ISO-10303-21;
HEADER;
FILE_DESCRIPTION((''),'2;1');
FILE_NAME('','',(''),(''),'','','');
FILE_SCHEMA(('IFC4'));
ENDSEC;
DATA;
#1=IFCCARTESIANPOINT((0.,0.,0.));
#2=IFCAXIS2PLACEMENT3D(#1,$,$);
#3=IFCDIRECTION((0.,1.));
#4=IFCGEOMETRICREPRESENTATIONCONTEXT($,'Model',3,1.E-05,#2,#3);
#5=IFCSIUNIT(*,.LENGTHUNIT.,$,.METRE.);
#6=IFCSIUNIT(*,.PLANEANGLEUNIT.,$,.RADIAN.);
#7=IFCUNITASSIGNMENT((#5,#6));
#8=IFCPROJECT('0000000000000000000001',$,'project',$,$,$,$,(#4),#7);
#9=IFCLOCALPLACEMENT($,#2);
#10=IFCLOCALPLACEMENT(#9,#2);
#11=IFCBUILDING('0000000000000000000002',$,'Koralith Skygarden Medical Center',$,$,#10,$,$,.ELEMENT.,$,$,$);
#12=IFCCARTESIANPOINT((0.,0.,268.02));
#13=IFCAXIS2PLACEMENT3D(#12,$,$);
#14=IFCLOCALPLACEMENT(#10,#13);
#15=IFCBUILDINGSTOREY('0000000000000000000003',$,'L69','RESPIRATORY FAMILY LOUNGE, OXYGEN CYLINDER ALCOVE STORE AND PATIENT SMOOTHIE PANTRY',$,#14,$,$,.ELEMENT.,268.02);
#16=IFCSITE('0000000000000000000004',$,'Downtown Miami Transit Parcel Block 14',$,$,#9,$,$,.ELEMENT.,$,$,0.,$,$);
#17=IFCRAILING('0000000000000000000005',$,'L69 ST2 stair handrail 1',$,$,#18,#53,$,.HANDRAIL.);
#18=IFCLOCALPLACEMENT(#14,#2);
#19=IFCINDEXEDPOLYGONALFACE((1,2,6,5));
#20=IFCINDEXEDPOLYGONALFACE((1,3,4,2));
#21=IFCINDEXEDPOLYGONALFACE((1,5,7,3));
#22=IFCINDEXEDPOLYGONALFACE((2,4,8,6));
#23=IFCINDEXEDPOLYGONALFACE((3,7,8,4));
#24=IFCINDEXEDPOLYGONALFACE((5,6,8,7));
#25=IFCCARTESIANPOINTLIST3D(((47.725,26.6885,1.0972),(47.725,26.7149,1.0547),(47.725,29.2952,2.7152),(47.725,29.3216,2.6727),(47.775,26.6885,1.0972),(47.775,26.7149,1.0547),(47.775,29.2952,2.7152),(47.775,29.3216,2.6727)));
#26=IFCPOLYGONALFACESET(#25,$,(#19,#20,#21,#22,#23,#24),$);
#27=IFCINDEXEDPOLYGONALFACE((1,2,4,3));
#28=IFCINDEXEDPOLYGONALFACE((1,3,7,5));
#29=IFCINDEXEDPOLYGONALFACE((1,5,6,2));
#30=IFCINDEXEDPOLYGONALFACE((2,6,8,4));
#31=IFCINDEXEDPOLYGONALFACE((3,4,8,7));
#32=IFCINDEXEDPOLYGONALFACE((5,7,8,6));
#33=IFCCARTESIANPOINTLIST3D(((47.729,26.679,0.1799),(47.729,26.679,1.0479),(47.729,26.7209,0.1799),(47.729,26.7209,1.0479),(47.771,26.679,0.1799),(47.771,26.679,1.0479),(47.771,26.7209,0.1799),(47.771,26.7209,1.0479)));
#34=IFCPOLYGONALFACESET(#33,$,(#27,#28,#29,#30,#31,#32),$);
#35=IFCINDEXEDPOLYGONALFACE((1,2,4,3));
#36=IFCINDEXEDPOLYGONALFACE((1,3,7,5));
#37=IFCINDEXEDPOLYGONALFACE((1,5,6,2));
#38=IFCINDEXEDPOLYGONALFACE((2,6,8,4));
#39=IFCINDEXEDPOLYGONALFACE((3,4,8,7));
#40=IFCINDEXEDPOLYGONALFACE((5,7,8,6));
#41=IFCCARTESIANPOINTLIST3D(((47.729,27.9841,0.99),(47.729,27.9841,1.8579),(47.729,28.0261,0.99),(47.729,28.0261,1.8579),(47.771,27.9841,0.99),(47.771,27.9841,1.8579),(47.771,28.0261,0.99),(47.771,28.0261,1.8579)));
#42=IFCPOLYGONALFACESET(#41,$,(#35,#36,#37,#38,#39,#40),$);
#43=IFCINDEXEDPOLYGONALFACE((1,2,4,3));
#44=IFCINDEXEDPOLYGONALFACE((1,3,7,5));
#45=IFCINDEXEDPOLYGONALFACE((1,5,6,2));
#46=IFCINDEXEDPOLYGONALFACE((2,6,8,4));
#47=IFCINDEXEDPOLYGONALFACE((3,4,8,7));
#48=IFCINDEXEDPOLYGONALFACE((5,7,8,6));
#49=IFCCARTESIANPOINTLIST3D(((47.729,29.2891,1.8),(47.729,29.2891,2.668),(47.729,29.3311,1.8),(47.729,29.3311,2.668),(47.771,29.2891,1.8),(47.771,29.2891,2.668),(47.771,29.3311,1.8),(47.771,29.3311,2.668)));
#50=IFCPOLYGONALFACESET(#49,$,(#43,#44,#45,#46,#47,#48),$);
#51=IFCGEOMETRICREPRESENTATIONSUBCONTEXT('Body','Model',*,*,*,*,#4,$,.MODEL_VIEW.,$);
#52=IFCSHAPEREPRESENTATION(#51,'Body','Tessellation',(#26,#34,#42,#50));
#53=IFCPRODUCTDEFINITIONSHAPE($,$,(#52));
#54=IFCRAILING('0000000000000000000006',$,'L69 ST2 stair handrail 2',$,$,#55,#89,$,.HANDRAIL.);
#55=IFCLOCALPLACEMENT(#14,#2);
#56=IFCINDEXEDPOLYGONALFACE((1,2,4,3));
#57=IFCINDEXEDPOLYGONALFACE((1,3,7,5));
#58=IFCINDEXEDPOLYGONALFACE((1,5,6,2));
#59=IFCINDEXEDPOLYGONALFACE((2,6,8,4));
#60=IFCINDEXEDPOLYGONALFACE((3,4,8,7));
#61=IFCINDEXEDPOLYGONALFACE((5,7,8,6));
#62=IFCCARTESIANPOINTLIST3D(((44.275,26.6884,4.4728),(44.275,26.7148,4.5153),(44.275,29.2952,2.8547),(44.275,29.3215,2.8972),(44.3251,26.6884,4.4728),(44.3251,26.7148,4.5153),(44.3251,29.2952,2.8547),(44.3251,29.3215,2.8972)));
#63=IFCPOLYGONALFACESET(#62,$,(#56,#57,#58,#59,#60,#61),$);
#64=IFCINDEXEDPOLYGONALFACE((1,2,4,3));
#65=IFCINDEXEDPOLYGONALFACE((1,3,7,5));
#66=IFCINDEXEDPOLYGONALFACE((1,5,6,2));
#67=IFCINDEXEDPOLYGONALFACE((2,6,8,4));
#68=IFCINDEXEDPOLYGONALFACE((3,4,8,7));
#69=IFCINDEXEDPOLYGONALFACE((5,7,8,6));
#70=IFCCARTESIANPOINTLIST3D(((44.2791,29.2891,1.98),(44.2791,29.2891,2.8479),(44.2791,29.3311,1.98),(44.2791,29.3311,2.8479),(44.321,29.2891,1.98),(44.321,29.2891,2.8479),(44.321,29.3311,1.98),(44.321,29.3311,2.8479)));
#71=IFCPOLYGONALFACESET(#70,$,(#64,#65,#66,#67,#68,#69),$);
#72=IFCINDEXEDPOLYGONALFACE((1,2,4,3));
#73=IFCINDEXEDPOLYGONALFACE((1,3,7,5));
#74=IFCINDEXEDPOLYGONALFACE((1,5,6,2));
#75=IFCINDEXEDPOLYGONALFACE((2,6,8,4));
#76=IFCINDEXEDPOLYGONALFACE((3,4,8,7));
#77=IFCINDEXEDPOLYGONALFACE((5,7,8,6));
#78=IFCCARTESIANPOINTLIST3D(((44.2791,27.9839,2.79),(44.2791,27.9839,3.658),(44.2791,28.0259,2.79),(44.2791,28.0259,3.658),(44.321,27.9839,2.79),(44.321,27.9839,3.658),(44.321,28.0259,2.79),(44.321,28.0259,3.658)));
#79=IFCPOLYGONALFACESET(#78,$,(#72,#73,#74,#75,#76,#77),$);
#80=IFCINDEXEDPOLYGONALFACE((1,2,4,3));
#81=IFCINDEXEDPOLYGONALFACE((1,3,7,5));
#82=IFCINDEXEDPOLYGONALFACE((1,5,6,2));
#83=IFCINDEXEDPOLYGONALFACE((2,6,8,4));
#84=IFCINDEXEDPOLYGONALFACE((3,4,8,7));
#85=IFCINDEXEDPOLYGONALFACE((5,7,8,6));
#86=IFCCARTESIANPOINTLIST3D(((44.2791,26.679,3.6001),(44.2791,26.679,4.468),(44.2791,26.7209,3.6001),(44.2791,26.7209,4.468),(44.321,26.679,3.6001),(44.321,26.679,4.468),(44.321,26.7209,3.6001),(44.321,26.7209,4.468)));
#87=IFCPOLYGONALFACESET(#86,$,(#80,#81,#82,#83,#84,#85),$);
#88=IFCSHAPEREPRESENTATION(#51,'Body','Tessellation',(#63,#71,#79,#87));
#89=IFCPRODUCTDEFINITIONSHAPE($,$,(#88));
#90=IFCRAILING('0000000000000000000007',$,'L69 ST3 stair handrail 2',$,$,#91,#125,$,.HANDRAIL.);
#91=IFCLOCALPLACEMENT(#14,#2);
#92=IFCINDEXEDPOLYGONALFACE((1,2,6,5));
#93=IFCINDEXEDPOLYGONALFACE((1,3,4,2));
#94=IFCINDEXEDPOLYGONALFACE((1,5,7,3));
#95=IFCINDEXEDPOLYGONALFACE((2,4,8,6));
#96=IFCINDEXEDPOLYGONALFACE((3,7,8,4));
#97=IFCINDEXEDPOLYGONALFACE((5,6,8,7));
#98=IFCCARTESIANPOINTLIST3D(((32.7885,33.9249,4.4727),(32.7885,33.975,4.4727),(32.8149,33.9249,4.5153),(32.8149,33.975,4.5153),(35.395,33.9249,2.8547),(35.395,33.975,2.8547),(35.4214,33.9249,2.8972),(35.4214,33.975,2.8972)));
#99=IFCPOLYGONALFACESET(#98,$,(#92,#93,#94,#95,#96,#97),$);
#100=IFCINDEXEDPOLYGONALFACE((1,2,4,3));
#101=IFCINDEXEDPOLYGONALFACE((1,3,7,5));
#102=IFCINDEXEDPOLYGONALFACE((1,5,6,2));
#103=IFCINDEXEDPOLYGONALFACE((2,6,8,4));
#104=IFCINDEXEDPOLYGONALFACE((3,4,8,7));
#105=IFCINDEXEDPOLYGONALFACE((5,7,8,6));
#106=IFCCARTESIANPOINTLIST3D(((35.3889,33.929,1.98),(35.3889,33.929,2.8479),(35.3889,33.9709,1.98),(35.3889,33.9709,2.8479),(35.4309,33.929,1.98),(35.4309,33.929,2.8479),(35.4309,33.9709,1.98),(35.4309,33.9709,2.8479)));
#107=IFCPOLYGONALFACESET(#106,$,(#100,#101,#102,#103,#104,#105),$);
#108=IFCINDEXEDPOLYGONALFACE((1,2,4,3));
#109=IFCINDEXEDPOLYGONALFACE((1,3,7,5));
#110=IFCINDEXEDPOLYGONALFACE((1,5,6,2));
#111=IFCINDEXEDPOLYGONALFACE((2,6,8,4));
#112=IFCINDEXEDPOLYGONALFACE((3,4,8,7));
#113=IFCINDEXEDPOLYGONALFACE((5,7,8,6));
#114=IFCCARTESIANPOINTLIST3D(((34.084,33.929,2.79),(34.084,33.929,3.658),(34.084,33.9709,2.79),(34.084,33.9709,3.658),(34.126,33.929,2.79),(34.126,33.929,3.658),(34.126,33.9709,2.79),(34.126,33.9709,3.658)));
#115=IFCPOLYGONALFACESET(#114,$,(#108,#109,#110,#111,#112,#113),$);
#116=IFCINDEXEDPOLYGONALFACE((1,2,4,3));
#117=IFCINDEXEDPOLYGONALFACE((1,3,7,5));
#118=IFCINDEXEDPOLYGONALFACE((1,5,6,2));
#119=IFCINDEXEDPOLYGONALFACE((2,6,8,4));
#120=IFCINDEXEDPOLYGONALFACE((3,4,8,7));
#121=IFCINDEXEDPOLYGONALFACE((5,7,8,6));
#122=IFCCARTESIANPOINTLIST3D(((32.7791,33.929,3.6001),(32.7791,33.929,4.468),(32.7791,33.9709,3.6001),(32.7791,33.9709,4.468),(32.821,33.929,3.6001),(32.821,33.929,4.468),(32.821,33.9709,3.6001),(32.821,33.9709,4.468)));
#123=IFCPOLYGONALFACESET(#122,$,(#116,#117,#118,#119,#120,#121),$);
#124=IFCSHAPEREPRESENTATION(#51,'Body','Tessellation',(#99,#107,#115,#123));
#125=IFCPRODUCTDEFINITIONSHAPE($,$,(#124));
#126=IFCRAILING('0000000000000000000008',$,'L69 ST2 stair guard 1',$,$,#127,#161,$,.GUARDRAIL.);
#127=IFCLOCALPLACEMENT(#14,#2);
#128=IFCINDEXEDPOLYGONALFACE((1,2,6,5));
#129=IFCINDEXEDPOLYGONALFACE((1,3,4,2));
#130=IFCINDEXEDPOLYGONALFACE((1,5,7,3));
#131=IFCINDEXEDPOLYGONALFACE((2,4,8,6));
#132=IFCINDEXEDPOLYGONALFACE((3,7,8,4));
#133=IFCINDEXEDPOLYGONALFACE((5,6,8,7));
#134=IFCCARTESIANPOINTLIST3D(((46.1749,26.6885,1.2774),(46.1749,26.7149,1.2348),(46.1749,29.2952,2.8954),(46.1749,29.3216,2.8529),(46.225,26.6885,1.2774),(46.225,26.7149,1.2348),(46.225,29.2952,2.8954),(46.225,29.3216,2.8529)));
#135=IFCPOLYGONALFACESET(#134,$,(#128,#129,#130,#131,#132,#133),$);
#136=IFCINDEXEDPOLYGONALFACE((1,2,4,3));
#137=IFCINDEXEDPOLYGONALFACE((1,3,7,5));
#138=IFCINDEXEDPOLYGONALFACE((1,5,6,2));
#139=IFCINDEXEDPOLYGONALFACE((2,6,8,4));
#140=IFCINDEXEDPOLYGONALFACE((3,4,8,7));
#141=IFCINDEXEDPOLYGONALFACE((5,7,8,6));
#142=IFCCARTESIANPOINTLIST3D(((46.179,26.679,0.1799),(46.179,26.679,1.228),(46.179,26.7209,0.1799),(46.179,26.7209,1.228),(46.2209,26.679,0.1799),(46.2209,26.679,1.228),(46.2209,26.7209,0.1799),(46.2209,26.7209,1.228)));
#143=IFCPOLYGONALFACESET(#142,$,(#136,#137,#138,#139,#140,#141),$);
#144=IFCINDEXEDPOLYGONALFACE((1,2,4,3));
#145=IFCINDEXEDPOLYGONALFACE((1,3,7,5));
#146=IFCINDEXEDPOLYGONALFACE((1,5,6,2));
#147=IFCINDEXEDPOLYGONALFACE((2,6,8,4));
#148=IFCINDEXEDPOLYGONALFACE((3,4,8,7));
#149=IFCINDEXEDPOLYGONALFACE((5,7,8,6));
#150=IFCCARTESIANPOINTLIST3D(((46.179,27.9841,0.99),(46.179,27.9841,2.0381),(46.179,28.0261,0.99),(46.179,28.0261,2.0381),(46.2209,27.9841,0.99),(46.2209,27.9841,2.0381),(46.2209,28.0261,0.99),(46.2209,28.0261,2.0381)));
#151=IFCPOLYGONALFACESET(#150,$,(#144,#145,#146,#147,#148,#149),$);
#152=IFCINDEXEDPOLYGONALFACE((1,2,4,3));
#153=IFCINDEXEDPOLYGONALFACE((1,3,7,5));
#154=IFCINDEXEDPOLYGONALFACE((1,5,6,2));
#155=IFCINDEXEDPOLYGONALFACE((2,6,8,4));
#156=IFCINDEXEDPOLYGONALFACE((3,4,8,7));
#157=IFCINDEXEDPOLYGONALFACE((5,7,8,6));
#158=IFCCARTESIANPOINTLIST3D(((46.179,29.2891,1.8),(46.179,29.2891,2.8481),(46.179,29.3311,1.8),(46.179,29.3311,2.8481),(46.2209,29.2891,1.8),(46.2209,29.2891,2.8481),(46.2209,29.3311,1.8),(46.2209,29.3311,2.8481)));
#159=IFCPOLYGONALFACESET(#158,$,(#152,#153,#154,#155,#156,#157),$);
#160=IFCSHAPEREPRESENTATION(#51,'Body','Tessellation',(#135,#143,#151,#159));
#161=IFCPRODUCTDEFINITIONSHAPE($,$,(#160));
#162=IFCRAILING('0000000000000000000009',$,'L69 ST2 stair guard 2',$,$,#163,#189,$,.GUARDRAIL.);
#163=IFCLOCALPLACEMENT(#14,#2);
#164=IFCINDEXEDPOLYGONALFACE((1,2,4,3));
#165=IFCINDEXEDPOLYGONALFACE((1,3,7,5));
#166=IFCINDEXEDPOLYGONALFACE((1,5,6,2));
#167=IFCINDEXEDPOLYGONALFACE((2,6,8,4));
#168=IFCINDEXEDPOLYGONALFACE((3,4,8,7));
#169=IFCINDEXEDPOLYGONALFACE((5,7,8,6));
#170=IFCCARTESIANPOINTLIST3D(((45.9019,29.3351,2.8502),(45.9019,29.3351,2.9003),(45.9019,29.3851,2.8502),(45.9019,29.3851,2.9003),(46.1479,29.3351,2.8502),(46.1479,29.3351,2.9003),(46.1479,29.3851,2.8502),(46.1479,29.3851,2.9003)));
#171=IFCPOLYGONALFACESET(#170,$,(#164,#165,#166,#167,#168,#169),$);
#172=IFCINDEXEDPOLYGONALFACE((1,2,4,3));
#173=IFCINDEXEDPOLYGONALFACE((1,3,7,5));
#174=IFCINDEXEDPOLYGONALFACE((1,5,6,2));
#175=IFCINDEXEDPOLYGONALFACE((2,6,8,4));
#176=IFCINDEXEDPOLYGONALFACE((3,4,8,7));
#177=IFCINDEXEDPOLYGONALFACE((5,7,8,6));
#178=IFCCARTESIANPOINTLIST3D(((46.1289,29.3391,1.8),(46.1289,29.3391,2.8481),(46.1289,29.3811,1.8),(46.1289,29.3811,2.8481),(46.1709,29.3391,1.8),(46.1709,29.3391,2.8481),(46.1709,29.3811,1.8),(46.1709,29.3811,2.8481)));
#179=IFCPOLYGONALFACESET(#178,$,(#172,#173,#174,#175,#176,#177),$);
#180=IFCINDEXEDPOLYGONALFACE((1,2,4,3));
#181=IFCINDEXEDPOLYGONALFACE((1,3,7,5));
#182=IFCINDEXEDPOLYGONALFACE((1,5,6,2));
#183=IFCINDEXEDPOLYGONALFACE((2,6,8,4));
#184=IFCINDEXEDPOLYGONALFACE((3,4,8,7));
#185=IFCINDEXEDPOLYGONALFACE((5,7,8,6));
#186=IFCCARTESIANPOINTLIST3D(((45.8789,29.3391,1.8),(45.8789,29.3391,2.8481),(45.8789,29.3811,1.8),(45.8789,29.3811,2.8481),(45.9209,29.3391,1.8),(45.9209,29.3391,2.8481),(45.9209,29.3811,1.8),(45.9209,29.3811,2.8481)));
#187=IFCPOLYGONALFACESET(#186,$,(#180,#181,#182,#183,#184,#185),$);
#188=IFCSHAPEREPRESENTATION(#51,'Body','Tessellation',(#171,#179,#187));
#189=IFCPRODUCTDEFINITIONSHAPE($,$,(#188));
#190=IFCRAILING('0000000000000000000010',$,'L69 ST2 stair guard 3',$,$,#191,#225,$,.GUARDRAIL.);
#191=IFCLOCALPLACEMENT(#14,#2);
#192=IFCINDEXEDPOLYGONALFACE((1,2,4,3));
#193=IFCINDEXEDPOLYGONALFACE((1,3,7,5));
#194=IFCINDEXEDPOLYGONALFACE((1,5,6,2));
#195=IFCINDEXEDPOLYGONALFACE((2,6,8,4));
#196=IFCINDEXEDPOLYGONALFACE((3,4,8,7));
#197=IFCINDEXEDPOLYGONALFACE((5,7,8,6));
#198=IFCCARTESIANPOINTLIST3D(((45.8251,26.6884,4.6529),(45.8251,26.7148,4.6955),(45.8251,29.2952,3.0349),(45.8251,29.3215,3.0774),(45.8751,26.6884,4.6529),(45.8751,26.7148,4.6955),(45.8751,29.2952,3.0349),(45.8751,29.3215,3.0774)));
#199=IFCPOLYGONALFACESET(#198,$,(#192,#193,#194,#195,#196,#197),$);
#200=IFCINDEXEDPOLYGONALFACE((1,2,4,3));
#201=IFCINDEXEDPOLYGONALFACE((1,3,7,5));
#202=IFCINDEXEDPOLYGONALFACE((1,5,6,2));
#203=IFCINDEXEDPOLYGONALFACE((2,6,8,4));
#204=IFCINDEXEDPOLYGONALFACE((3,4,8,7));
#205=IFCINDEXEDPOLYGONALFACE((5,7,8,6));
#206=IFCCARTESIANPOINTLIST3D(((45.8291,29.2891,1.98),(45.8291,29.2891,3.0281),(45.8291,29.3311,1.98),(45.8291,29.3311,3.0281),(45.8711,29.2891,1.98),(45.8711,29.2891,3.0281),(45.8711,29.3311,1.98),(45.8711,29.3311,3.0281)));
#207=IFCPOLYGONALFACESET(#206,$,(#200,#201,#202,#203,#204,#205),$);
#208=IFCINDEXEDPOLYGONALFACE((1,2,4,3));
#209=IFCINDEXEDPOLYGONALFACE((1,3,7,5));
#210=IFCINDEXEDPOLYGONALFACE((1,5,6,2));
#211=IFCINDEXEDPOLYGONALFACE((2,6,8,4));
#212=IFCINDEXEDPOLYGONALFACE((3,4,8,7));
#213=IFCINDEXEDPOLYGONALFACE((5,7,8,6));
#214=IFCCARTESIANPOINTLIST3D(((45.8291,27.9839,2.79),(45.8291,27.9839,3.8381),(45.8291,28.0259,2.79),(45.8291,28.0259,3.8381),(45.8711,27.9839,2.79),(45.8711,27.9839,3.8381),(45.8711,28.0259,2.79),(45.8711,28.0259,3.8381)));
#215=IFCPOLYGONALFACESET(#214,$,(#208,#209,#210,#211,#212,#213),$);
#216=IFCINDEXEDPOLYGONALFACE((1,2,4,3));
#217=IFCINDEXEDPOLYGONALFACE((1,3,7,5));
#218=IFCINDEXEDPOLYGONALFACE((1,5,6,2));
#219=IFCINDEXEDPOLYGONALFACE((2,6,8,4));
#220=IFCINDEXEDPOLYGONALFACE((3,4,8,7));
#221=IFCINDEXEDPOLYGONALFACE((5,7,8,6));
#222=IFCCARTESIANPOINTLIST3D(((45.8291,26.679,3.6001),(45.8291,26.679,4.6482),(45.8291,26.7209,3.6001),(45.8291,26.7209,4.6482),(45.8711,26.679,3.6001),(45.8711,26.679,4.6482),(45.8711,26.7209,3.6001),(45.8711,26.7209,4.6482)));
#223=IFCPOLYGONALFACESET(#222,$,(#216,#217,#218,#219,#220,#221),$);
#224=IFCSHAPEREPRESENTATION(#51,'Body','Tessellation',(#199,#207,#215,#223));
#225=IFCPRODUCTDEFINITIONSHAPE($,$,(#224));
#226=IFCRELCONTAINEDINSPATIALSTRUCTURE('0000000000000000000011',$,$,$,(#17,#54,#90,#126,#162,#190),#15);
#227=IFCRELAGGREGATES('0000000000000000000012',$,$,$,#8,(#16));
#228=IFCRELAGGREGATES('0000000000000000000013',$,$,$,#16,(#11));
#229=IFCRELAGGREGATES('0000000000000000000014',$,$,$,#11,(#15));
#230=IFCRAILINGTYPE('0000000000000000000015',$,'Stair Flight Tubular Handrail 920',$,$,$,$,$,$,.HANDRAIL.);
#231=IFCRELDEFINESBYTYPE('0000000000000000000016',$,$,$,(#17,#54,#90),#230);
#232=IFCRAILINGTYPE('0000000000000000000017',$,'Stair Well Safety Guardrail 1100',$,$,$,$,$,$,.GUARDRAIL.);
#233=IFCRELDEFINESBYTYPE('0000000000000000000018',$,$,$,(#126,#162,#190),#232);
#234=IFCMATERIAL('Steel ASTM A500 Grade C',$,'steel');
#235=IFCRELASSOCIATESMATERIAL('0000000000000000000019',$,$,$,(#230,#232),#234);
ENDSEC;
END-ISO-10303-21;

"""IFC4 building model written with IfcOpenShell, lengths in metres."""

from ifc_helpers import new_model, si_unit, direction, frame, origin, origin_2d, place, context, subcontext, project, spatial, rectangle, extrude, material, type_object, element, save


model = new_model("IFC4")

# Units and contexts
model_context = context("Model", 3, precision=1e-05, world=origin(), true_north=direction((0.0, 1.0)))
body_context = subcontext(model_context, "Body", "Model", "MODEL_VIEW")
ifc_project = project(units=[si_unit("LENGTHUNIT", "METRE"), si_unit("PLANEANGLEUNIT", "RADIAN")], contexts=[model_context])

# Site, building, storey
site_placement = place(None, origin())
site = spatial("IfcSite", under=ifc_project, at=site_placement, Name="Downtown Miami Transit Parcel Block 14", CompositionType="ELEMENT", RefElevation=0.0)
building_placement = place(site_placement, origin())
building = spatial("IfcBuilding", under=site, at=building_placement, Name="Koralith Skygarden Medical Center", CompositionType="ELEMENT")
storey_placement = place(building_placement, frame((0.0, 0.0, 268.02)))
storey = spatial("IfcBuildingStorey", under=building, at=storey_placement, Name="L69", Description="RESPIRATORY FAMILY LOUNGE, OXYGEN CYLINDER ALCOVE STORE AND PATIENT SMOOTHIE PANTRY", CompositionType="ELEMENT", Elevation=268.02)

# Shared definitions
ifc_material_1 = material(Name="Steel ASTM A500 Grade C", Category="steel")

# Railings
railing_type_1 = type_object("IfcRailingType", Name="Stair Flight Tubular Handrail 920", PredefinedType="HANDRAIL", material=ifc_material_1)
railing_1_placement = place(storey_placement, frame((47.75, 26.7, 0.1799)))
element("IfcRailing", 1, at=railing_1_placement, inside=storey, type_object=railing_type_1, Name="L69 ST2 stair handrail 1", PredefinedType="HANDRAIL", context=body_context, shape_type="SweptSolid", body=[
    extrude(rectangle(XDim=0.05, YDim=0.05, at=origin_2d()), frame((0.0, 0.0017, 0.896), z_axis=(0.0, 0.849633, 0.527375), x_axis=(-1.0, 0.0, 0.0)), (0.0, 0.0, 1.0), 3.0681),
    extrude(rectangle(XDim=0.042, YDim=0.042, at=origin_2d()), origin(), (0.0, 0.0, 1.0), 0.8679),
    extrude(rectangle(XDim=0.042, YDim=0.042, at=origin_2d()), frame((0.0, 1.3052, 0.8101)), (0.0, 0.0, 1.0), 0.8679),
    extrude(rectangle(XDim=0.042, YDim=0.042, at=origin_2d()), frame((0.0, 2.6101, 1.6201)), (0.0, 0.0, 1.0), 0.8679),
])
railing_2_placement = place(storey_placement, frame((44.3, 29.3101, 1.98)))
element("IfcRailing", 2, at=railing_2_placement, inside=storey, type_object=railing_type_1, Name="L69 ST2 stair handrail 2", PredefinedType="HANDRAIL", context=body_context, shape_type="SweptSolid", body=[
    extrude(rectangle(XDim=0.05, YDim=0.05, at=origin_2d()), frame((0.0, -0.0017, 0.896), z_axis=(0.0, -0.849633, 0.527375), x_axis=(1.0, 0.0, 0.0)), (0.0, 0.0, 1.0), 3.0681),
    extrude(rectangle(XDim=0.042, YDim=0.042, at=origin_2d()), origin(), (0.0, 0.0, 1.0), 0.8679),
    extrude(rectangle(XDim=0.042, YDim=0.042, at=origin_2d()), frame((0.0, -1.3052, 0.8101)), (0.0, 0.0, 1.0), 0.8679),
    extrude(rectangle(XDim=0.042, YDim=0.042, at=origin_2d()), frame((0.0, -2.6101, 1.6201)), (0.0, 0.0, 1.0), 0.8679),
])
railing_3_placement = place(storey_placement, frame((35.4099, 33.95, 1.98)))
element("IfcRailing", 3, at=railing_3_placement, inside=storey, type_object=railing_type_1, Name="L69 ST3 stair handrail 2", PredefinedType="HANDRAIL", context=body_context, shape_type="SweptSolid", body=[
    extrude(rectangle(XDim=0.05, YDim=0.05, at=origin_2d()), frame((-0.0017, 0.0, 0.896), z_axis=(-0.849611, 0.0, 0.52741), x_axis=(0.0, -1.0, 0.0)), (0.0, 0.0, 1.0), 3.0679),
    extrude(rectangle(XDim=0.042, YDim=0.042, at=origin_2d()), origin(), (0.0, 0.0, 1.0), 0.8679),
    extrude(rectangle(XDim=0.042, YDim=0.042, at=origin_2d()), frame((-1.3049, 0.0, 0.8101)), (0.0, 0.0, 1.0), 0.8679),
    extrude(rectangle(XDim=0.042, YDim=0.042, at=origin_2d()), frame((-2.6099, 0.0, 1.6201)), (0.0, 0.0, 1.0), 0.8679),
])
railing_type_2 = type_object("IfcRailingType", Name="Stair Well Safety Guardrail 1100", PredefinedType="GUARDRAIL", material=ifc_material_1)
railing_4_placement = place(storey_placement, frame((46.2, 26.7, 0.1799)))
element("IfcRailing", 4, at=railing_4_placement, inside=storey, type_object=railing_type_2, Name="L69 ST2 stair guard 1", PredefinedType="GUARDRAIL", context=body_context, shape_type="SweptSolid", body=[
    extrude(rectangle(XDim=0.05, YDim=0.05, at=origin_2d()), frame((0.0, 0.0017, 1.0762), z_axis=(0.0, 0.849633, 0.527375), x_axis=(-1.0, 0.0, 0.0)), (0.0, 0.0, 1.0), 3.0681),
    extrude(rectangle(XDim=0.042, YDim=0.042, at=origin_2d()), origin(), (0.0, 0.0, 1.0), 1.0481),
    extrude(rectangle(XDim=0.042, YDim=0.042, at=origin_2d()), frame((0.0, 1.3052, 0.8101)), (0.0, 0.0, 1.0), 1.0481),
    extrude(rectangle(XDim=0.042, YDim=0.042, at=origin_2d()), frame((0.0, 2.6101, 1.6201)), (0.0, 0.0, 1.0), 1.0481),
])
railing_5_placement = place(storey_placement, frame((46.1499, 29.3601, 1.8)))
element("IfcRailing", 5, at=railing_5_placement, inside=storey, type_object=railing_type_2, Name="L69 ST2 stair guard 2", PredefinedType="GUARDRAIL", context=body_context, shape_type="SweptSolid", body=[
    extrude(rectangle(XDim=0.05, YDim=0.05, at=origin_2d()), frame((-0.002, 0.0, 1.0752), z_axis=(-1.0, 0.0, 0.0), x_axis=(0.0, -1.0, 0.0)), (0.0, 0.0, 1.0), 0.2461),
    extrude(rectangle(XDim=0.042, YDim=0.042, at=origin_2d()), origin(), (0.0, 0.0, 1.0), 1.0481),
    extrude(rectangle(XDim=0.042, YDim=0.042, at=origin_2d()), frame((-0.25, 0.0, 0.0)), (0.0, 0.0, 1.0), 1.0481),
])
railing_6_placement = place(storey_placement, frame((45.8501, 29.3101, 1.98)))
element("IfcRailing", 6, at=railing_6_placement, inside=storey, type_object=railing_type_2, Name="L69 ST2 stair guard 3", PredefinedType="GUARDRAIL", context=body_context, shape_type="SweptSolid", body=[
    extrude(rectangle(XDim=0.05, YDim=0.05, at=origin_2d()), frame((0.0, -0.0017, 1.0762), z_axis=(0.0, -0.849633, 0.527375), x_axis=(1.0, 0.0, 0.0)), (0.0, 0.0, 1.0), 3.0681),
    extrude(rectangle(XDim=0.042, YDim=0.042, at=origin_2d()), origin(), (0.0, 0.0, 1.0), 1.0481),
    extrude(rectangle(XDim=0.042, YDim=0.042, at=origin_2d()), frame((0.0, -1.3052, 0.8101)), (0.0, 0.0, 1.0), 1.0481),
    extrude(rectangle(XDim=0.042, YDim=0.042, at=origin_2d()), frame((0.0, -2.6101, 1.6201)), (0.0, 0.0, 1.0), 1.0481),
])

save(model, "model.ifc")
